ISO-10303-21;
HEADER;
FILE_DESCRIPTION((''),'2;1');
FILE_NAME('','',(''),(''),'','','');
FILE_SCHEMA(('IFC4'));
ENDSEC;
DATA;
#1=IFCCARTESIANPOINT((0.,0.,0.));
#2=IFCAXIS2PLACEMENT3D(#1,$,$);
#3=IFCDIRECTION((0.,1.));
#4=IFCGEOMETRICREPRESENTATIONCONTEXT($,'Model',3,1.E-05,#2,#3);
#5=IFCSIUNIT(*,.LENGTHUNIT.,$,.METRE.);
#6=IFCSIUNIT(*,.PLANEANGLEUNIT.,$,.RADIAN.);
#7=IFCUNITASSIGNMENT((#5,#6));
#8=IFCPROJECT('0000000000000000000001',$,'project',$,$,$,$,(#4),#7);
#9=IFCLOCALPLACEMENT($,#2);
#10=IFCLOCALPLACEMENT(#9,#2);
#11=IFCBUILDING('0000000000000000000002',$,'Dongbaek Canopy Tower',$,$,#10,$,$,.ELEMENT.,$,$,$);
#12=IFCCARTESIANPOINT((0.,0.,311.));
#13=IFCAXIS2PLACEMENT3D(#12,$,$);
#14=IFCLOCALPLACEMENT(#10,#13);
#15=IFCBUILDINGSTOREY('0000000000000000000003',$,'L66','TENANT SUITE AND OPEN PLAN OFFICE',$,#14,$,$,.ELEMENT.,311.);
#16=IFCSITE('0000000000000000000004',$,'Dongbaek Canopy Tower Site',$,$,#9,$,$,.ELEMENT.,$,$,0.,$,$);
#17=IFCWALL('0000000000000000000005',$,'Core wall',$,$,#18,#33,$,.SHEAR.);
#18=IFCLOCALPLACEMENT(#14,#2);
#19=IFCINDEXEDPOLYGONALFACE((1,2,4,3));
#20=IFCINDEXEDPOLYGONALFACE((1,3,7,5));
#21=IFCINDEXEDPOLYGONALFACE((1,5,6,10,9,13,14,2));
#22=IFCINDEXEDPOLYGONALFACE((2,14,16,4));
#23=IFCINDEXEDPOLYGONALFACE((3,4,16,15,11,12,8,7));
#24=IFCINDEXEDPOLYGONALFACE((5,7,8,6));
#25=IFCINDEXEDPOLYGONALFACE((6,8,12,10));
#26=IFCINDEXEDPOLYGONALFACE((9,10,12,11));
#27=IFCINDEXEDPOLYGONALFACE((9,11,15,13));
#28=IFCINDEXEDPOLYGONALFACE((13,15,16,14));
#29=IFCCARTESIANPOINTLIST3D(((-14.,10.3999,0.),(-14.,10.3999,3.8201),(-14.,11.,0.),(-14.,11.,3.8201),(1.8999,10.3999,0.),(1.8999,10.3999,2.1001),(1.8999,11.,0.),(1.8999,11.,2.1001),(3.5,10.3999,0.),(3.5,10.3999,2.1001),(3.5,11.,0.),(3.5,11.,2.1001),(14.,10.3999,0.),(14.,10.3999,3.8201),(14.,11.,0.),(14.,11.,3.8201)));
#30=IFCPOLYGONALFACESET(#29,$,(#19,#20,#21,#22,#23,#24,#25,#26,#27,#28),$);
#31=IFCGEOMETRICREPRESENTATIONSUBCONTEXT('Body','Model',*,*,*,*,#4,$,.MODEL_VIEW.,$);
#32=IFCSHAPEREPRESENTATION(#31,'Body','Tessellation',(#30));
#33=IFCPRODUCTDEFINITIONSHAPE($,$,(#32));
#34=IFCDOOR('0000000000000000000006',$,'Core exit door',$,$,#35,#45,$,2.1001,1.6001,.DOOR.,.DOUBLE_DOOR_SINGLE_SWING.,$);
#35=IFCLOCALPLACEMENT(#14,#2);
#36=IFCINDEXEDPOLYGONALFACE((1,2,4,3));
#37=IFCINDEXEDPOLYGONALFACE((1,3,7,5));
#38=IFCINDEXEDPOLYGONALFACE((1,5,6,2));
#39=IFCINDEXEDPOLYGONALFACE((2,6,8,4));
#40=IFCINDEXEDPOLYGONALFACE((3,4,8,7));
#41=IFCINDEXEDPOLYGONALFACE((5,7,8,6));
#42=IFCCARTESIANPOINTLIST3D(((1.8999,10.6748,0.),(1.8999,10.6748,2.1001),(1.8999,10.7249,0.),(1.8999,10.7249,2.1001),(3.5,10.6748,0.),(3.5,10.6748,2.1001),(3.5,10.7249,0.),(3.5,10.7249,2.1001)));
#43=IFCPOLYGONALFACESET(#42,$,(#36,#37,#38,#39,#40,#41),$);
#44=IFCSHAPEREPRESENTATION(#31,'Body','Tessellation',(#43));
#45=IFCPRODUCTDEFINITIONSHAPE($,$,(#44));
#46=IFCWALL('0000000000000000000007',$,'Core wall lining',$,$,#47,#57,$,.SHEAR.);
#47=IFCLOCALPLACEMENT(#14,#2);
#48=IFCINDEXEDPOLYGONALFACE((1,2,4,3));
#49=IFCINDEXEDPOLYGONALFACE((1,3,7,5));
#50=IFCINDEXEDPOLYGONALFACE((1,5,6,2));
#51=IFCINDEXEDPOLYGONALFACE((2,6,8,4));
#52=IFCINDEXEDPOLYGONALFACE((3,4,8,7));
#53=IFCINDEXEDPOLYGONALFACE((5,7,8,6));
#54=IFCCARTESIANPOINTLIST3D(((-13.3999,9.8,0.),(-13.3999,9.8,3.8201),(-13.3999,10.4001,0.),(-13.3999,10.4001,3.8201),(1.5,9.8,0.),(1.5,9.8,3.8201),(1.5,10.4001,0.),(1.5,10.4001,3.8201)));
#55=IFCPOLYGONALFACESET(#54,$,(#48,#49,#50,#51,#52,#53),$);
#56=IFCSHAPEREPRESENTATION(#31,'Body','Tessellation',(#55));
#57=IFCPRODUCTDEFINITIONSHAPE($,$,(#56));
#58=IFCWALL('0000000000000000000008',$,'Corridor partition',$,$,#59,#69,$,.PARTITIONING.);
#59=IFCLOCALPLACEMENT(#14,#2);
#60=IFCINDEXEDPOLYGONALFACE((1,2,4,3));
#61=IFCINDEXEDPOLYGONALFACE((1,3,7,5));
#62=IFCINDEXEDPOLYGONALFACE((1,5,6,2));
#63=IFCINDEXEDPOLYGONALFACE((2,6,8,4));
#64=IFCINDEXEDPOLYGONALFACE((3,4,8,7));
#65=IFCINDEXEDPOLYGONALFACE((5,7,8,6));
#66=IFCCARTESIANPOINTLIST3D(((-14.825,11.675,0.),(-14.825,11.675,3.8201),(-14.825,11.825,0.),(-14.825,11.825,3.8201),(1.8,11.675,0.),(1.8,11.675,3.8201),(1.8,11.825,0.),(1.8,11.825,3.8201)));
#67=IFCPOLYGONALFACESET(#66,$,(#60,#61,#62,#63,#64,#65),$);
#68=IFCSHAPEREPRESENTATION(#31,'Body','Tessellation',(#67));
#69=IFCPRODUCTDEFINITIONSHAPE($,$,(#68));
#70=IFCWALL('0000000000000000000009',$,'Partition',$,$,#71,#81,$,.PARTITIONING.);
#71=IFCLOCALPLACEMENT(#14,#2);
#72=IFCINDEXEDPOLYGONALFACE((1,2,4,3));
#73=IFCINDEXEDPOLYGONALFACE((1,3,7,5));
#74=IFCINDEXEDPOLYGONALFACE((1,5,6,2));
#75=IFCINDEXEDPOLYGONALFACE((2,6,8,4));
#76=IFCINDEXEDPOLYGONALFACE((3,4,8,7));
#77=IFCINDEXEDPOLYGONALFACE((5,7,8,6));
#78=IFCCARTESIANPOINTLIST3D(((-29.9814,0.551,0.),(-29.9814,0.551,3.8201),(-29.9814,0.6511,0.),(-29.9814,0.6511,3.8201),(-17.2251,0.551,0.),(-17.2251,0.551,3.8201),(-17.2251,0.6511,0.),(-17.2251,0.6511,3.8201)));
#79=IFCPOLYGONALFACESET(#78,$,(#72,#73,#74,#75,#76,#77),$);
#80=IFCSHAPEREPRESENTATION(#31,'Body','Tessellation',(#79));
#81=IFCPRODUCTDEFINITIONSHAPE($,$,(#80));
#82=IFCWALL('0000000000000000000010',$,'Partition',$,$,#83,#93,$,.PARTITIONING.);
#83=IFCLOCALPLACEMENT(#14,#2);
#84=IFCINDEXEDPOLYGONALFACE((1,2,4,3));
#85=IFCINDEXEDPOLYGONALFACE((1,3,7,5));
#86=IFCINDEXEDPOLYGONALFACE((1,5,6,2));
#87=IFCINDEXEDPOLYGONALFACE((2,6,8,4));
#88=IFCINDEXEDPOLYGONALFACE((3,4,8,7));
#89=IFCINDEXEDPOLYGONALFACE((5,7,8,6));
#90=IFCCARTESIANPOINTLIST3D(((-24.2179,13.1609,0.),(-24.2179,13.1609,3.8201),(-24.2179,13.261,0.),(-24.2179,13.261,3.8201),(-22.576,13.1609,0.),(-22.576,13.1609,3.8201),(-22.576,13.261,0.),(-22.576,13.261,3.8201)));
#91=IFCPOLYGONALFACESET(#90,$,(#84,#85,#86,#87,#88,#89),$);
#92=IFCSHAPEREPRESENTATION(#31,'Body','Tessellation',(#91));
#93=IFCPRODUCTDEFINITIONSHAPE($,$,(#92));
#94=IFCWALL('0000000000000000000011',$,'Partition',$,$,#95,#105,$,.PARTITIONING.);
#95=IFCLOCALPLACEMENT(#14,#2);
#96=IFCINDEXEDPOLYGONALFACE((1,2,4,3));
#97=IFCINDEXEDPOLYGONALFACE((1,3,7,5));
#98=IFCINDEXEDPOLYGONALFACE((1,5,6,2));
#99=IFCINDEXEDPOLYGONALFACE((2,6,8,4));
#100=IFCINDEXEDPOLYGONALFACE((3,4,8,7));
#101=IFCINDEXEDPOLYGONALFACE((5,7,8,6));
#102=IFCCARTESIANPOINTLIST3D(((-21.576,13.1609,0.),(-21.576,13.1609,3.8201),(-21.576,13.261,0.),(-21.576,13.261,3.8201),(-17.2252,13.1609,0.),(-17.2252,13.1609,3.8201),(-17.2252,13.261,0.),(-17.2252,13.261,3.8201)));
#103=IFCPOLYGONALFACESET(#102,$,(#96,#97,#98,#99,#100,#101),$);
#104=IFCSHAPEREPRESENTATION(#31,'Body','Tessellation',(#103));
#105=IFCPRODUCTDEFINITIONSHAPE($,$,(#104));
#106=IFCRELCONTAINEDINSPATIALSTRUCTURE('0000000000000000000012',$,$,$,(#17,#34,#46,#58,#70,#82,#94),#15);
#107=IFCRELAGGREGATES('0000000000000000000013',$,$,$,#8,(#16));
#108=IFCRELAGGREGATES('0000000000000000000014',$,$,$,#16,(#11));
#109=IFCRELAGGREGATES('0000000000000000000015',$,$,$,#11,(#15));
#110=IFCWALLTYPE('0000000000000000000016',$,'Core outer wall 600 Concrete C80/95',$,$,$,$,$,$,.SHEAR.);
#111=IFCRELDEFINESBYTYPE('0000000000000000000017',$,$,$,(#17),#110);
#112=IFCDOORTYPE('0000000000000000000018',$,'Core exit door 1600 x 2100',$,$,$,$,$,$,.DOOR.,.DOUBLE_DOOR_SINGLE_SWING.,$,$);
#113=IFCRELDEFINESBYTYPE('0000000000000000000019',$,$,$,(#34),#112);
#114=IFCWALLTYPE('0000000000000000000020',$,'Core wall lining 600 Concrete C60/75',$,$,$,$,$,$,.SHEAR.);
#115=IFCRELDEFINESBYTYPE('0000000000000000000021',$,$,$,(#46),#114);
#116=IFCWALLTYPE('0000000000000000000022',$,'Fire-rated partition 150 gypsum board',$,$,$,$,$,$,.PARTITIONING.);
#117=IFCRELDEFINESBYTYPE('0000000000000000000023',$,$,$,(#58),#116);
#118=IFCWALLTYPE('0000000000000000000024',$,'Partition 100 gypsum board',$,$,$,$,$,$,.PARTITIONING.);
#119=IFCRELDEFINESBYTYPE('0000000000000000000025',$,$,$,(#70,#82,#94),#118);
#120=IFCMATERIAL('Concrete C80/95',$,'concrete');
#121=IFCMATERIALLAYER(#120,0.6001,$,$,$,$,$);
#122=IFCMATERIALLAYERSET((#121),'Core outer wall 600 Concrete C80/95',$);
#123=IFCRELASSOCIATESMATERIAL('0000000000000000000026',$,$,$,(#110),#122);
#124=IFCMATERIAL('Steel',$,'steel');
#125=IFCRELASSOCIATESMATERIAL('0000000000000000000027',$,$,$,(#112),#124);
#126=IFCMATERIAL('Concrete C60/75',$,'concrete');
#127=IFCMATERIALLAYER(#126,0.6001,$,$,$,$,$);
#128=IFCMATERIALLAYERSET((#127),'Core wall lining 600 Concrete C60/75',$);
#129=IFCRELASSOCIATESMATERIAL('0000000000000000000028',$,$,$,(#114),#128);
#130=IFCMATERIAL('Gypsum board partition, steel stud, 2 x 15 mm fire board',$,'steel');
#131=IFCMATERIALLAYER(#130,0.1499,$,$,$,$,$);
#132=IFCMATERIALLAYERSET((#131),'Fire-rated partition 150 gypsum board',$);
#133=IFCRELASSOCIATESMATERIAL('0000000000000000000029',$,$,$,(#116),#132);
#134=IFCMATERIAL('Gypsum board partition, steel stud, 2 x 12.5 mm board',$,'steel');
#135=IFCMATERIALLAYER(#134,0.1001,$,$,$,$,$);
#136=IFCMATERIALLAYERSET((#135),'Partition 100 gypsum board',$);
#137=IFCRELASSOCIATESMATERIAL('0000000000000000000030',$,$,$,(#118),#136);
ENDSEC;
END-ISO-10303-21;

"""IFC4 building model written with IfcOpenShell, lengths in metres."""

from ifc_helpers import new_model, si_unit, direction, frame, frame_2d, origin, place, context, subcontext, project, spatial, rectangle, extrude, material, layer, layer_set, type_object, element, fill, save


model = new_model("IFC4")

# Units and contexts
model_context = context("Model", 3, precision=1e-05, world=origin(), true_north=direction((0.0, 1.0)))
body_context = subcontext(model_context, "Body", "Model", "MODEL_VIEW")
ifc_project = project(units=[si_unit("LENGTHUNIT", "METRE"), si_unit("PLANEANGLEUNIT", "RADIAN")], contexts=[model_context])

# Site, building, storey
site_placement = place(None, origin())
site = spatial("IfcSite", under=ifc_project, at=site_placement, Name="Dongbaek Canopy Tower Site", CompositionType="ELEMENT", RefElevation=0.0)
building_placement = place(site_placement, origin())
building = spatial("IfcBuilding", under=site, at=building_placement, Name="Dongbaek Canopy Tower", CompositionType="ELEMENT")
storey_placement = place(building_placement, frame((0.0, 0.0, 311.0)))
storey = spatial("IfcBuildingStorey", under=building, at=storey_placement, Name="L66", Description="TENANT SUITE AND OPEN PLAN OFFICE", CompositionType="ELEMENT", Elevation=311.0)

# Wall, opening, door
ifc_material_1 = material(Name="Concrete C80/95", Category="concrete")
ifc_layer_1 = layer(ifc_material_1, 0.6001)
ifc_layer_set_1 = layer_set([ifc_layer_1], Name="Core outer wall 600 Concrete C80/95")
wall_type_1 = type_object("IfcWallType", Name="Core outer wall 600 Concrete C80/95", PredefinedType="SHEAR", material=ifc_layer_set_1)
wall_1_placement = place(storey_placement, frame((-14.0, 10.7, 0.0), z_axis=(0.0, 0.0, 1.0), x_axis=(1.0, 0.0, 0.0)))
wall_1 = element("IfcWall", 1, at=wall_1_placement, inside=storey, type_object=wall_type_1, Name="Core wall", PredefinedType="SHEAR", context=body_context, shape_type="SweptSolid", body=[
    extrude(rectangle(XDim=28.0, YDim=0.6001, at=frame_2d((14.0, 0.0))), origin(), (0.0, 0.0, 1.0), 3.8201),
])
opening_1_placement = place(wall_1_placement, frame((15.8999, 0.0, 0.0)))
opening_1 = element("IfcOpeningElement", 2, at=opening_1_placement, cuts=wall_1, PredefinedType="OPENING", context=body_context, shape_type="SweptSolid", body=[
    extrude(rectangle(XDim=1.6001, YDim=2.1001, at=frame_2d((0.8, 1.05))), frame((0.0, 0.3101, 0.0), z_axis=(0.0, -1.0, 0.0), x_axis=(1.0, 0.0, 0.0)), (0.0, 0.0, 1.0), 0.6201),
])
ifc_material_2 = material(Name="Steel", Category="steel")
door_type_1 = type_object("IfcDoorType", Name="Core exit door 1600 x 2100", OperationType="DOUBLE_DOOR_SINGLE_SWING", PredefinedType="DOOR", material=ifc_material_2)
door_1_placement = place(opening_1_placement, origin())
door_1 = element("IfcDoor", 3, at=door_1_placement, inside=storey, type_object=door_type_1, Name="Core exit door", OperationType="DOUBLE_DOOR_SINGLE_SWING", OverallHeight=2.1001, OverallWidth=1.6001, PredefinedType="DOOR", context=body_context, shape_type="SweptSolid", body=[
    extrude(rectangle(XDim=1.6001, YDim=2.1001, at=frame_2d((0.8, 1.05))), frame((0.0, 0.0249, 0.0), z_axis=(0.0, -1.0, 0.0), x_axis=(1.0, 0.0, 0.0)), (0.0, 0.0, 1.0), 0.05),
])
fill(opening_1, door_1)

# Walls
ifc_material_3 = material(Name="Concrete C60/75", Category="concrete")
ifc_layer_2 = layer(ifc_material_3, 0.6001)
ifc_layer_set_2 = layer_set([ifc_layer_2], Name="Core wall lining 600 Concrete C60/75")
wall_type_2 = type_object("IfcWallType", Name="Core wall lining 600 Concrete C60/75", PredefinedType="SHEAR", material=ifc_layer_set_2)
wall_2_placement = place(storey_placement, frame((-13.3999, 10.1001, 0.0), z_axis=(0.0, 0.0, 1.0), x_axis=(1.0, 0.0, 0.0)))
element("IfcWall", 4, at=wall_2_placement, inside=storey, type_object=wall_type_2, Name="Core wall lining", PredefinedType="SHEAR", context=body_context, shape_type="SweptSolid", body=[
    extrude(rectangle(XDim=14.8999, YDim=0.6001, at=frame_2d((7.45, 0.0))), origin(), (0.0, 0.0, 1.0), 3.8201),
])
ifc_material_4 = material(Name="Gypsum board partition, steel stud, 2 x 15 mm fire board", Category="steel")
ifc_layer_3 = layer(ifc_material_4, 0.1499)
ifc_layer_set_3 = layer_set([ifc_layer_3], Name="Fire-rated partition 150 gypsum board")
wall_type_3 = type_object("IfcWallType", Name="Fire-rated partition 150 gypsum board", PredefinedType="PARTITIONING", material=ifc_layer_set_3)
wall_3_placement = place(storey_placement, frame((-14.825, 11.75, 0.0), z_axis=(0.0, 0.0, 1.0), x_axis=(1.0, 0.0, 0.0)))
element("IfcWall", 5, at=wall_3_placement, inside=storey, type_object=wall_type_3, Name="Corridor partition", PredefinedType="PARTITIONING", context=body_context, shape_type="SweptSolid", body=[
    extrude(rectangle(XDim=16.625, YDim=0.1499, at=frame_2d((8.3125, 0.0))), origin(), (0.0, 0.0, 1.0), 3.8201),
])
ifc_material_5 = material(Name="Gypsum board partition, steel stud, 2 x 12.5 mm board", Category="steel")
ifc_layer_4 = layer(ifc_material_5, 0.1001)
ifc_layer_set_4 = layer_set([ifc_layer_4], Name="Partition 100 gypsum board")
wall_type_4 = type_object("IfcWallType", Name="Partition 100 gypsum board", PredefinedType="PARTITIONING", material=ifc_layer_set_4)
wall_4_placement = place(storey_placement, frame((-29.9814, 0.6011, 0.0), z_axis=(0.0, 0.0, 1.0), x_axis=(1.0, 0.0, 0.0)))
element("IfcWall", 6, at=wall_4_placement, inside=storey, type_object=wall_type_4, Name="Partition", PredefinedType="PARTITIONING", context=body_context, shape_type="SweptSolid", body=[
    extrude(rectangle(XDim=12.7563, YDim=0.1001, at=frame_2d((6.3782, 0.0))), origin(), (0.0, 0.0, 1.0), 3.8201),
])
wall_5_placement = place(storey_placement, frame((-24.2178, 13.2109, 0.0), z_axis=(0.0, 0.0, 1.0), x_axis=(1.0, 0.0, 0.0)))
element("IfcWall", 7, at=wall_5_placement, inside=storey, type_object=wall_type_4, Name="Partition", PredefinedType="PARTITIONING", context=body_context, shape_type="SweptSolid", body=[
    extrude(rectangle(XDim=1.6418, YDim=0.1001, at=frame_2d((0.8208, 0.0))), origin(), (0.0, 0.0, 1.0), 3.8201),
])
wall_6_placement = place(storey_placement, frame((-21.5759, 13.2109, 0.0), z_axis=(0.0, 0.0, 1.0), x_axis=(1.0, 0.0, 0.0)))
element("IfcWall", 8, at=wall_6_placement, inside=storey, type_object=wall_type_4, Name="Partition", PredefinedType="PARTITIONING", context=body_context, shape_type="SweptSolid", body=[
    extrude(rectangle(XDim=4.3508, YDim=0.1001, at=frame_2d((2.1753, 0.0))), origin(), (0.0, 0.0, 1.0), 3.8201),
])

save(model, "model.ifc")
